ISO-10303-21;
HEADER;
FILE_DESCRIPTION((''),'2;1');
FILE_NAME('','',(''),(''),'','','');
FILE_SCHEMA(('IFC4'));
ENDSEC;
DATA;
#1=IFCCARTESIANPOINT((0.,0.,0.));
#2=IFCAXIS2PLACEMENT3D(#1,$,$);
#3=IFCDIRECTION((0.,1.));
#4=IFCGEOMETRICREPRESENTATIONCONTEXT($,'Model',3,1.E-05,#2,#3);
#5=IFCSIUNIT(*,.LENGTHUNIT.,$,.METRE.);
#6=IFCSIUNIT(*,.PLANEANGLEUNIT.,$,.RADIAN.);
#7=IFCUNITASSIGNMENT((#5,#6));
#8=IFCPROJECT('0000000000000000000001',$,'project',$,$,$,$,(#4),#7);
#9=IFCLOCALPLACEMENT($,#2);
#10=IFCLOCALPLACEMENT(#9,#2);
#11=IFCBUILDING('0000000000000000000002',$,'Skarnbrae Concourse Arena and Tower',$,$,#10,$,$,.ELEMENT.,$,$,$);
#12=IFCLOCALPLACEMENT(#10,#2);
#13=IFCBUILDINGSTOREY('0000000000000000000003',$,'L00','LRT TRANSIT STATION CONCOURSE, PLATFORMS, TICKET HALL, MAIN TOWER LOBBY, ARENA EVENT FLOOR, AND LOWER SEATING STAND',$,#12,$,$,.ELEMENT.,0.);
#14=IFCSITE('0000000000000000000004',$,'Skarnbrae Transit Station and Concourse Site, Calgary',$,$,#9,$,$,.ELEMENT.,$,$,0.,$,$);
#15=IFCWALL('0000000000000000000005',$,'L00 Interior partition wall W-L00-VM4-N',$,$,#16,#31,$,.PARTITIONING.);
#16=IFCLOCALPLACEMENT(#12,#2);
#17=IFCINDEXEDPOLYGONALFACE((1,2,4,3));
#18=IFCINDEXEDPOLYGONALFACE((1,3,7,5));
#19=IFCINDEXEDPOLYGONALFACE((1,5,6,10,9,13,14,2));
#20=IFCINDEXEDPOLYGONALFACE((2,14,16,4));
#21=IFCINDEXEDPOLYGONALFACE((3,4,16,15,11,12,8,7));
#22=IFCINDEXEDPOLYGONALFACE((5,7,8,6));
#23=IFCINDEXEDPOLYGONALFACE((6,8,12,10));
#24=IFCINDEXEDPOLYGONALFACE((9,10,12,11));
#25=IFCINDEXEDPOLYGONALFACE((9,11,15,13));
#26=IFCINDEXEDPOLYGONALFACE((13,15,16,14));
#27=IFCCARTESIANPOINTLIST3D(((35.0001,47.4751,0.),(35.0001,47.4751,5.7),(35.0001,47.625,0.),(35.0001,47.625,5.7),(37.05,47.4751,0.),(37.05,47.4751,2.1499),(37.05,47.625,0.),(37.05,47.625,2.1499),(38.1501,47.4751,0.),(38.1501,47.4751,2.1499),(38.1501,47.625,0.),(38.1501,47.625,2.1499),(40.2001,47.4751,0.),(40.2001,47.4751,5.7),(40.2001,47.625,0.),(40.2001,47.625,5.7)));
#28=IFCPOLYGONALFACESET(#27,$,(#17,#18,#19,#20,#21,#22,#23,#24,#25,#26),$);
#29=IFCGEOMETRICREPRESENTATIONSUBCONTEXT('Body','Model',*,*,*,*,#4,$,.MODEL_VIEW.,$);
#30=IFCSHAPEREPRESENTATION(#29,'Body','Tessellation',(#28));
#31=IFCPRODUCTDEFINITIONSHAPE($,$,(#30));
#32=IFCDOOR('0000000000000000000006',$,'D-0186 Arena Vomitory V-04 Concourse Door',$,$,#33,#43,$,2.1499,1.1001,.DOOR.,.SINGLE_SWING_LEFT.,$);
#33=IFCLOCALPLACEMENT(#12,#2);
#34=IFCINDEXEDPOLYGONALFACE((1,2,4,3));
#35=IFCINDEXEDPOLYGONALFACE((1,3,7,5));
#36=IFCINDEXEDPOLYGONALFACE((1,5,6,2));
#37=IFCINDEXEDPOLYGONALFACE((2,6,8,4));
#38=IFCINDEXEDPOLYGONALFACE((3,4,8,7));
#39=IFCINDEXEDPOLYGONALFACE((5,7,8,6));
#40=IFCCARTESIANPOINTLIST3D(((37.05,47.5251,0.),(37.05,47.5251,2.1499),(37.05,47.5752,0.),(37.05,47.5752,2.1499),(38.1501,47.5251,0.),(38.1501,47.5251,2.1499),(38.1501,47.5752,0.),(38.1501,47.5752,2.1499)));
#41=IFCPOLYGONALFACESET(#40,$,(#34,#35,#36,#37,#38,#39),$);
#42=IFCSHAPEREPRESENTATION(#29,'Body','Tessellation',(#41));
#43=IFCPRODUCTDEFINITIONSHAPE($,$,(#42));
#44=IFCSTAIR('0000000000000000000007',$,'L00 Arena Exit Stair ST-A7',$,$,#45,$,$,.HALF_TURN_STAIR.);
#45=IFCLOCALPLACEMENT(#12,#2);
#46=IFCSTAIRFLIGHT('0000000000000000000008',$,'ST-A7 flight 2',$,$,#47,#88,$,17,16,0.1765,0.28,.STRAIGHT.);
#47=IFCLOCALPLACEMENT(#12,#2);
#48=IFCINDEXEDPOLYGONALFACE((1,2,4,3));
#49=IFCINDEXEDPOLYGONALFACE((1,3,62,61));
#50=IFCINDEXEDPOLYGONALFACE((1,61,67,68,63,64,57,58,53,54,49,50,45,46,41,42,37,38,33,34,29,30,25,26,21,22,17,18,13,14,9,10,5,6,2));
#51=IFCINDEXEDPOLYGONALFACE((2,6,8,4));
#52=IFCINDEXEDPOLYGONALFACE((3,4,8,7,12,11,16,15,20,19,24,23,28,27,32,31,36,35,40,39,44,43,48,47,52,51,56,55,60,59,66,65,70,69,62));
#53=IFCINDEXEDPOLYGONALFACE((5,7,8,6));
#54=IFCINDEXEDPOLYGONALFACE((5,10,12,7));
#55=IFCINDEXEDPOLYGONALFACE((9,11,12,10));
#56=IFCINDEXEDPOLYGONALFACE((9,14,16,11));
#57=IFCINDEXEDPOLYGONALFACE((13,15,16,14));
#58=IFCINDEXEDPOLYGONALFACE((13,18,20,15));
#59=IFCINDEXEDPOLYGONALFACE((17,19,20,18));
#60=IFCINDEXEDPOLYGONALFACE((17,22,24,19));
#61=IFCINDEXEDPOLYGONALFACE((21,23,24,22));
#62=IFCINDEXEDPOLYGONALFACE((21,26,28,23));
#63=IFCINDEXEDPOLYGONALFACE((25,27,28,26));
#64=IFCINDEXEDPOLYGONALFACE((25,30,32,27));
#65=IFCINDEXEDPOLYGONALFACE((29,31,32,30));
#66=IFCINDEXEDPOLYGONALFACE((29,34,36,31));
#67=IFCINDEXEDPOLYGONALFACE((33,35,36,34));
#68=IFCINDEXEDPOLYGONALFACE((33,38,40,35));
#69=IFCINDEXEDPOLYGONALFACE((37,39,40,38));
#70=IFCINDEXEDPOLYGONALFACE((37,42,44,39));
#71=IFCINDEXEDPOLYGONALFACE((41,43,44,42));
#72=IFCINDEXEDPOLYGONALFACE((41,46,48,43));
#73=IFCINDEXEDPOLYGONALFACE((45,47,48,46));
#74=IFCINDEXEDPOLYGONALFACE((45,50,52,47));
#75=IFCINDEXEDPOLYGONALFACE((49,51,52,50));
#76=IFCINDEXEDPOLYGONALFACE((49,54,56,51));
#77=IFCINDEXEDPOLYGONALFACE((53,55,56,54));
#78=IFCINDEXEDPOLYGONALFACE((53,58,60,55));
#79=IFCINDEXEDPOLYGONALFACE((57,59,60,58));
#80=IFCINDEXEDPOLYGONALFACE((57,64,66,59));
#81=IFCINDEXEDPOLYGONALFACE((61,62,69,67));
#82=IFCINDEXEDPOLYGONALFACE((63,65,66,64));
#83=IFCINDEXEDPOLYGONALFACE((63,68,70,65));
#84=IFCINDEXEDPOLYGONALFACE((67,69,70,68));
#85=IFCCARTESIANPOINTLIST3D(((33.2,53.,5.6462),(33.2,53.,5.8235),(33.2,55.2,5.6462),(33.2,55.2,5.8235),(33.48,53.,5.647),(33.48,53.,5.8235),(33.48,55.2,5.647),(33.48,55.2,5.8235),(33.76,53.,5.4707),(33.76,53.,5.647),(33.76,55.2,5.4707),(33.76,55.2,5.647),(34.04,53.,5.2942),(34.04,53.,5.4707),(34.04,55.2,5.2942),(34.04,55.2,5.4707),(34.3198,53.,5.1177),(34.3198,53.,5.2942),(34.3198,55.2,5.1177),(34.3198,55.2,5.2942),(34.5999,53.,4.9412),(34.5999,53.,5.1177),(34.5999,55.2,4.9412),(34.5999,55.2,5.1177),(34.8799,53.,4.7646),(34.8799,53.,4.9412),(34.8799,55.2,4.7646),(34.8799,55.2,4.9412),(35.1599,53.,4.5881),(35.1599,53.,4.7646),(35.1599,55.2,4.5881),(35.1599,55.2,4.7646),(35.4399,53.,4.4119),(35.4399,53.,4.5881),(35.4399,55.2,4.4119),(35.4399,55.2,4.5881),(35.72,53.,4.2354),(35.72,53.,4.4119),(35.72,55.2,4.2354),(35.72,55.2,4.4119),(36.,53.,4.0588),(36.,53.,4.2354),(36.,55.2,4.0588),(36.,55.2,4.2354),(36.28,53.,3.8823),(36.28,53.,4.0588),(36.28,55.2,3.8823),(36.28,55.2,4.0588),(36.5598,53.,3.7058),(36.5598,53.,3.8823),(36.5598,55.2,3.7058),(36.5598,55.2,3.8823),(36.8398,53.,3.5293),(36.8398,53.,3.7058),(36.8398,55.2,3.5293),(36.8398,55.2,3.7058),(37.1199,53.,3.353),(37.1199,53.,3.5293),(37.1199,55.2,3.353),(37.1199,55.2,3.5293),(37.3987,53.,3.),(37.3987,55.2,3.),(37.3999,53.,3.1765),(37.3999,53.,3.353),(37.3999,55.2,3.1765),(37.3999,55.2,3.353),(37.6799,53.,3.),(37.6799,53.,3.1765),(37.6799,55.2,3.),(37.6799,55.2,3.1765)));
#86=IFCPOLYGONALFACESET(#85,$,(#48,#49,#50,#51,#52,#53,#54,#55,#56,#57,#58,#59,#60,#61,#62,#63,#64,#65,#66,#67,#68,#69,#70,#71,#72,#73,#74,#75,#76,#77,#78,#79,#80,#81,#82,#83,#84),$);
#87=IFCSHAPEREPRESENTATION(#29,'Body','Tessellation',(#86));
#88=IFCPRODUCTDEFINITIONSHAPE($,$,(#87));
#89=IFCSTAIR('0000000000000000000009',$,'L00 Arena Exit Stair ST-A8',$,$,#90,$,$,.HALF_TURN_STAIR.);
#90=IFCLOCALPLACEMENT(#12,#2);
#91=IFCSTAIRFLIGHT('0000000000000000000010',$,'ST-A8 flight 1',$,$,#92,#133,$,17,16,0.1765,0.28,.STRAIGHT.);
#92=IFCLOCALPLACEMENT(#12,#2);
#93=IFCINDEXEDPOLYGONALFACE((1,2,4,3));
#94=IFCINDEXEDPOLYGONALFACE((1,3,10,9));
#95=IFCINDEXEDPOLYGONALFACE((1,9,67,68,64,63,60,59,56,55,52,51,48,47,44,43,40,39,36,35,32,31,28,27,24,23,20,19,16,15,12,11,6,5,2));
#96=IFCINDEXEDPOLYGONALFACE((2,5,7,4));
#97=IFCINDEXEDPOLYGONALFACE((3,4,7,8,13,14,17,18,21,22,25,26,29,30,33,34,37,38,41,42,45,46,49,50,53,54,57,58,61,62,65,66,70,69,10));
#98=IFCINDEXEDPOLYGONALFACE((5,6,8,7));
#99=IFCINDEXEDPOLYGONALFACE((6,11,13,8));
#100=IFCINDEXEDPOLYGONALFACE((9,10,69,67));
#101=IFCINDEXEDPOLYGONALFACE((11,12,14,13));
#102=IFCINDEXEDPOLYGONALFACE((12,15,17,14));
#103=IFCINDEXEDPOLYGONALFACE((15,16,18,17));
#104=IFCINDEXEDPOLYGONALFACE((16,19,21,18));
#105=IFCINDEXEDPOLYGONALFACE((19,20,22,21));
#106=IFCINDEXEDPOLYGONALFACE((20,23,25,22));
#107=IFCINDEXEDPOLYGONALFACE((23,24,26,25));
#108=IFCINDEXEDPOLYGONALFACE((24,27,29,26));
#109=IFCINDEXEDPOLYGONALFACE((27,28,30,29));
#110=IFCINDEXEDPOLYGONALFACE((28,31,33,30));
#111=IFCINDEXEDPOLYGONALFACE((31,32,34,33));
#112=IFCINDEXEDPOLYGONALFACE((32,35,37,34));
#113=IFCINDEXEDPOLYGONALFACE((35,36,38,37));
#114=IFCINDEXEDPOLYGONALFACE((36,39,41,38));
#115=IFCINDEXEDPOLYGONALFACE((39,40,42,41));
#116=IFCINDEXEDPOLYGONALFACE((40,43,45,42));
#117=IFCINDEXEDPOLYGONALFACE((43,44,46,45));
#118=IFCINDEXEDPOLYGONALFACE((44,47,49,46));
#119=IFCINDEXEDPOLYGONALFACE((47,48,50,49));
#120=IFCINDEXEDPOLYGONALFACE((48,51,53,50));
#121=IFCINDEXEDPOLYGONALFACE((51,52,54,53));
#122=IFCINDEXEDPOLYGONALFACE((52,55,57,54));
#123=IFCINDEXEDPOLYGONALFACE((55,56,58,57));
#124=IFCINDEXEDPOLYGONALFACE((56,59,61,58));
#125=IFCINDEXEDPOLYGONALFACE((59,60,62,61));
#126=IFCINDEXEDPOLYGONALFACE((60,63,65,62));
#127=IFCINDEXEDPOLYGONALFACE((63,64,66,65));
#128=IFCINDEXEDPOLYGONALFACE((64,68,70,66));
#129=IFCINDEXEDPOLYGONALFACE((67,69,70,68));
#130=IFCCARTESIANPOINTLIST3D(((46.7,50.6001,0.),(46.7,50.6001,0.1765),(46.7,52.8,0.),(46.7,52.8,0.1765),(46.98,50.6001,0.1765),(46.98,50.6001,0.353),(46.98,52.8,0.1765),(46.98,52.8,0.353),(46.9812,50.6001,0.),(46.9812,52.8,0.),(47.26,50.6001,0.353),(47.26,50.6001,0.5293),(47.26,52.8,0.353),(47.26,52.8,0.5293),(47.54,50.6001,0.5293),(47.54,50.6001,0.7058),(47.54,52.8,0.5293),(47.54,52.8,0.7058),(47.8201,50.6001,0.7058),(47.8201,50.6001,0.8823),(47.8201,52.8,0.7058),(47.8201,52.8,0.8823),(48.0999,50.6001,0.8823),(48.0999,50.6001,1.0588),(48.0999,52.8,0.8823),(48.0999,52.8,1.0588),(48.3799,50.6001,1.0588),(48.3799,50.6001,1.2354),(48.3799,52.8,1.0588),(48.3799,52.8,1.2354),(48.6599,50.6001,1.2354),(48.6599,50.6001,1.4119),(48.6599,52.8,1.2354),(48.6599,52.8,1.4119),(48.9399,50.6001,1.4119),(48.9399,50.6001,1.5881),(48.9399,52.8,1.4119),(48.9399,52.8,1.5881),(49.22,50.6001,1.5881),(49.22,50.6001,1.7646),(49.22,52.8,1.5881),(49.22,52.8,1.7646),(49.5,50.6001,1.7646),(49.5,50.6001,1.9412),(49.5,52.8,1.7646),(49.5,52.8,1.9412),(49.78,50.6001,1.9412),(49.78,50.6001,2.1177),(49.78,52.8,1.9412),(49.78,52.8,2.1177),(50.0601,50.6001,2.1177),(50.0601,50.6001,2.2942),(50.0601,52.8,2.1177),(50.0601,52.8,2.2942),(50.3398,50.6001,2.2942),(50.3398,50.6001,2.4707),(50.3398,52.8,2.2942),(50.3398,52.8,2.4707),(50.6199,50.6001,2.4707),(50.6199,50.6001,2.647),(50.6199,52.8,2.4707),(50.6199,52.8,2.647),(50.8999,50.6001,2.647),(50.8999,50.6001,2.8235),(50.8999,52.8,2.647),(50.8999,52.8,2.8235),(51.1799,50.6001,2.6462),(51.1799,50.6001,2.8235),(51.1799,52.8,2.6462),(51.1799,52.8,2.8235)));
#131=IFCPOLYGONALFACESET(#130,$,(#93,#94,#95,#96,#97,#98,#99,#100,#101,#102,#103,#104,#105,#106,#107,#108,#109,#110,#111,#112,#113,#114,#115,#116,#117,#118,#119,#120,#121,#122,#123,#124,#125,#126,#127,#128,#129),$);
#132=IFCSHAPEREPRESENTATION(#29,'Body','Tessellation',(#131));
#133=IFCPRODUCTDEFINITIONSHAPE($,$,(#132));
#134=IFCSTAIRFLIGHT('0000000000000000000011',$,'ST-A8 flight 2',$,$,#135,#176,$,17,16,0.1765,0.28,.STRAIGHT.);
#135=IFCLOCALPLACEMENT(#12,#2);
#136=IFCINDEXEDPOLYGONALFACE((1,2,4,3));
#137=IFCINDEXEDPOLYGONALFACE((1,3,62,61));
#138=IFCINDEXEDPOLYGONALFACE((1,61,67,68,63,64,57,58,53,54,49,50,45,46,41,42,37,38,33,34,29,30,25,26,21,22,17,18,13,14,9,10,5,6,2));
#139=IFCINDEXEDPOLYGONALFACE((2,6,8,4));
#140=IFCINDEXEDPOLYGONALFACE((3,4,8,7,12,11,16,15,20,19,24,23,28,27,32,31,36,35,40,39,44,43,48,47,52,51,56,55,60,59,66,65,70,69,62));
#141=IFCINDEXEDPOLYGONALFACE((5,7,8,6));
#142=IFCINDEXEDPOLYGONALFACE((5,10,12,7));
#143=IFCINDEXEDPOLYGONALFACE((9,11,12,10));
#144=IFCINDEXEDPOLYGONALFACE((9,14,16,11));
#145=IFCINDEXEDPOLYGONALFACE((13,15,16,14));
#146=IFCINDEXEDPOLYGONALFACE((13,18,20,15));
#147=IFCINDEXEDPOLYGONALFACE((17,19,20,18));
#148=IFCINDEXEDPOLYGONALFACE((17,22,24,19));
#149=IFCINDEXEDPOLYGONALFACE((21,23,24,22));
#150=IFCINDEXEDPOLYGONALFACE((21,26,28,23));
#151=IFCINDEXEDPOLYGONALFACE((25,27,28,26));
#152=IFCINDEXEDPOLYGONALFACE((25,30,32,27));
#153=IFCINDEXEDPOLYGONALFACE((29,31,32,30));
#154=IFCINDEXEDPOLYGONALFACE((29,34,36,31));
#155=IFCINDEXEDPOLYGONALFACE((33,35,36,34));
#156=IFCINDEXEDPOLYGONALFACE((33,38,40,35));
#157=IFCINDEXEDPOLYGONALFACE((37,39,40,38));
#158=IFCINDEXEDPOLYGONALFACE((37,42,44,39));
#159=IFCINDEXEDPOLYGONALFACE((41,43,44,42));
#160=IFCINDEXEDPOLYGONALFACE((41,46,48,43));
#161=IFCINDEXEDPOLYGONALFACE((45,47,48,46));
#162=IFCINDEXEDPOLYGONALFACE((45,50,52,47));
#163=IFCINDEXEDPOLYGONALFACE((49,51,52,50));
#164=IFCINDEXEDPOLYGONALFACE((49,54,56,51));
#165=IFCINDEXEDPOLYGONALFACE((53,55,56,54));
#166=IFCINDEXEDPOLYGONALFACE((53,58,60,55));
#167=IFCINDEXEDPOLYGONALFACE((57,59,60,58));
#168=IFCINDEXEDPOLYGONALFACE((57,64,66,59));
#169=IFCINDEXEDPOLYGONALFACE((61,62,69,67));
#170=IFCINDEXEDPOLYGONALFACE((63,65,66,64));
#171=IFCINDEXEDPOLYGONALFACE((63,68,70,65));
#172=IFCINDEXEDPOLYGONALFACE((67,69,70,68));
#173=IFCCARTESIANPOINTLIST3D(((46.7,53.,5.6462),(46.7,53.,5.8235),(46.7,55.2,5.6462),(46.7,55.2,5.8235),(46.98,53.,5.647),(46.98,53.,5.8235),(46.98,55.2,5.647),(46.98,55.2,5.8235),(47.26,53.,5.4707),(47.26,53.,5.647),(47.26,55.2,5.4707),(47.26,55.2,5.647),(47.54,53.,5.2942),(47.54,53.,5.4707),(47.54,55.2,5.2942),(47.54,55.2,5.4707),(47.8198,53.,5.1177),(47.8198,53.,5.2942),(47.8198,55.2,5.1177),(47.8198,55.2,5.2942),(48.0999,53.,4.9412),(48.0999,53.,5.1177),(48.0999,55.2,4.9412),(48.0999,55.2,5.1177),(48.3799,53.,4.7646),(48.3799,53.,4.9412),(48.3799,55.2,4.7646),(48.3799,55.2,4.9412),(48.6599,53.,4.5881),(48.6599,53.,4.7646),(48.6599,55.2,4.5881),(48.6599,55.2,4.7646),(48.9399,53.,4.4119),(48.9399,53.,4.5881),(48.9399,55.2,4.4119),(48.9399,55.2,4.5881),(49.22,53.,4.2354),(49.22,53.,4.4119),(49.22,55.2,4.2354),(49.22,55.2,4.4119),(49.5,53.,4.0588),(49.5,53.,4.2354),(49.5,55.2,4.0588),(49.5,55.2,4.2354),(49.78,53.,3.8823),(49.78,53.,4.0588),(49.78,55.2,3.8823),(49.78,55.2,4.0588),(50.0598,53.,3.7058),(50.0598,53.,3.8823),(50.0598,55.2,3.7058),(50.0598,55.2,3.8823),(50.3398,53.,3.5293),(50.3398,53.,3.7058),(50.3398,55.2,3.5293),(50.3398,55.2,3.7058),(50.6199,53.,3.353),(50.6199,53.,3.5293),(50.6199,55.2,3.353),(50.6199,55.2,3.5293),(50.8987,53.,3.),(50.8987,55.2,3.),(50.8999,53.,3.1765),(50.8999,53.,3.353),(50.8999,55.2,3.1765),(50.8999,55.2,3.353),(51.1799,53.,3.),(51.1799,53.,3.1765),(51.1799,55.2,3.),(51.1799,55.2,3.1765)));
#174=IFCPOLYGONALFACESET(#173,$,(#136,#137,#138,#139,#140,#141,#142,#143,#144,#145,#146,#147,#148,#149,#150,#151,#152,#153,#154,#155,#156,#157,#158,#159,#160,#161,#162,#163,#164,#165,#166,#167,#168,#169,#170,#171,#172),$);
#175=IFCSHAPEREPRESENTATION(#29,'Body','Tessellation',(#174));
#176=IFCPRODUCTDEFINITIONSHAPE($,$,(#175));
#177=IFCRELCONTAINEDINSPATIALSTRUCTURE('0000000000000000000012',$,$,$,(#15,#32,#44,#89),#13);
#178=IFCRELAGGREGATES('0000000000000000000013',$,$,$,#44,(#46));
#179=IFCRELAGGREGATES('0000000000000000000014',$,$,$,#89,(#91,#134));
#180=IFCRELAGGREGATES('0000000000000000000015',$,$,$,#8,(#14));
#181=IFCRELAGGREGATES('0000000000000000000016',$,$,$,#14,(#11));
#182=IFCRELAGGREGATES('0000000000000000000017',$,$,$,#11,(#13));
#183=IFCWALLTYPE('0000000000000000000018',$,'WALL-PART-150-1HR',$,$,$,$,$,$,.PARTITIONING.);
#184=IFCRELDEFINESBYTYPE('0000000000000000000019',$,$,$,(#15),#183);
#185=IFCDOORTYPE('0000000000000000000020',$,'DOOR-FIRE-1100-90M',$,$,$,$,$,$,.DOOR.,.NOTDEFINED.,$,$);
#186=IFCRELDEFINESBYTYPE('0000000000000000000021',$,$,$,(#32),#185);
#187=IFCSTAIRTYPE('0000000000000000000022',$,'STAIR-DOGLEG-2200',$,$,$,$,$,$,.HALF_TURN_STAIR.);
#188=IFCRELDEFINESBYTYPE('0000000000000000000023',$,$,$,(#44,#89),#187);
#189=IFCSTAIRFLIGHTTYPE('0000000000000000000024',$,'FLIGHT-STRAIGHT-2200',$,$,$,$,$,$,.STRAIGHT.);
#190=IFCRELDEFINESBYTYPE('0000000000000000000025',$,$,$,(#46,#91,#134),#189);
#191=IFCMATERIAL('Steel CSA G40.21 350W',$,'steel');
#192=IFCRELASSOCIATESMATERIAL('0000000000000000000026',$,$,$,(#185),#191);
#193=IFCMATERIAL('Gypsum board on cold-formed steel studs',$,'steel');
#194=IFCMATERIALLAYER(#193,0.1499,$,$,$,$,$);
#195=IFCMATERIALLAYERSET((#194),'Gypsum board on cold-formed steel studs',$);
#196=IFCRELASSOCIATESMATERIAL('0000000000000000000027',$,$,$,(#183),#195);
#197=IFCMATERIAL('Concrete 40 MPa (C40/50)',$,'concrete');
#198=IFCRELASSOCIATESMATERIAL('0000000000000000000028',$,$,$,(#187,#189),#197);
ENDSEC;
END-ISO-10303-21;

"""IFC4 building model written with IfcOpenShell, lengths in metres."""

from ifc_helpers import new_model, si_unit, direction, frame, frame_2d, origin, place, context, subcontext, project, spatial, polyline, rectangle, outline, extrude, source, transform, mapped, material, layer, layer_set, type_object, element, fill, aggregate, save


model = new_model("IFC4")

# Units and contexts
model_context = context("Model", 3, precision=1e-05, world=origin(), true_north=direction((0.0, 1.0)))
body_context = subcontext(model_context, "Body", "Model", "MODEL_VIEW")
ifc_project = project(units=[si_unit("LENGTHUNIT", "METRE"), si_unit("PLANEANGLEUNIT", "RADIAN")], contexts=[model_context])

# Site, building, storey
site_placement = place(None, origin())
site = spatial("IfcSite", under=ifc_project, at=site_placement, Name="Skarnbrae Transit Station and Concourse Site, Calgary", CompositionType="ELEMENT", RefElevation=0.0)
building_placement = place(site_placement, origin())
building = spatial("IfcBuilding", under=site, at=building_placement, Name="Skarnbrae Concourse Arena and Tower", CompositionType="ELEMENT")
storey_placement = place(building_placement, origin())
storey = spatial("IfcBuildingStorey", under=building, at=storey_placement, Name="L00", Description="LRT TRANSIT STATION CONCOURSE, PLATFORMS, TICKET HALL, MAIN TOWER LOBBY, ARENA EVENT FLOOR, AND LOWER SEATING STAND", CompositionType="ELEMENT", Elevation=0.0)

# Shared definitions
ifc_material_1 = material(Name="Steel CSA G40.21 350W", Category="steel")

# Shared definitions
door_type = type_object("IfcDoorType", Name="DOOR-FIRE-1100-90M", OperationType="NOTDEFINED", PredefinedType="DOOR", material=ifc_material_1)
shared_shape_1 = source(origin(), body_context, "Body", "SweptSolid", [
    extrude(rectangle(XDim=1.1001, YDim=2.1499, at=frame_2d((0.55, 1.075))), frame((0.0, 0.0249, 0.0), z_axis=(0.0, -1.0, 0.0), x_axis=(1.0, 0.0, 0.0)), (0.0, 0.0, 1.0), 0.05),
])

# Shared definitions
ifc_material_2 = material(Name="Gypsum board on cold-formed steel studs", Category="steel")

# Wall, opening, door
ifc_layer_1 = layer(ifc_material_2, 0.1499)
ifc_layer_set_1 = layer_set([ifc_layer_1], Name="Gypsum board on cold-formed steel studs")
wall_type_1 = type_object("IfcWallType", Name="WALL-PART-150-1HR", PredefinedType="PARTITIONING", material=ifc_layer_set_1)
shared_shape_2 = source(origin(), body_context, "Body", "SweptSolid", [
    extrude(rectangle(XDim=5.2, YDim=0.1499, at=frame_2d((2.6001, 0.0))), origin(), (0.0, 0.0, 1.0), 5.7),
])
wall_1_placement = place(storey_placement, frame((35.0, 47.55, 0.0), z_axis=(0.0, 0.0, 1.0), x_axis=(1.0, 0.0, 0.0)))
wall_1 = element("IfcWall", 1, at=wall_1_placement, inside=storey, type_object=wall_type_1, Name="L00 Interior partition wall W-L00-VM4-N", PredefinedType="PARTITIONING", context=body_context, shape_type="MappedRepresentation", body=[
    mapped(shared_shape_2, transform((0.0, 0.0, 0.0))),
])
opening_1_placement = place(wall_1_placement, frame((2.05, 0.0, 0.0)))
opening_1 = element("IfcOpeningElement", 2, at=opening_1_placement, cuts=wall_1, PredefinedType="OPENING", context=body_context, shape_type="SweptSolid", body=[
    extrude(rectangle(XDim=1.1001, YDim=2.1499, at=frame_2d((0.55, 1.075))), frame((0.0, 0.085, 0.0), z_axis=(0.0, -1.0, 0.0), x_axis=(1.0, 0.0, 0.0)), (0.0, 0.0, 1.0), 0.1699),
])
door_1_placement = place(opening_1_placement, frame((1.1001, 0.0, 0.0), z_axis=(0.0, 0.0, 1.0), x_axis=(-1.0, 0.0, 0.0)))
door_1 = element("IfcDoor", 3, at=door_1_placement, inside=storey, type_object=door_type, Name="D-0186 Arena Vomitory V-04 Concourse Door", OperationType="SINGLE_SWING_LEFT", OverallHeight=2.1499, OverallWidth=1.1001, PredefinedType="DOOR", context=body_context, shape_type="MappedRepresentation", body=[
    mapped(shared_shape_1, transform((0.0, 0.0, 0.0))),
])
fill(opening_1, door_1)

# Stair, stair flight
ifc_material_3 = material(Name="Concrete 40 MPa (C40/50)", Category="concrete")
stair_type = type_object("IfcStairType", Name="STAIR-DOGLEG-2200", PredefinedType="HALF_TURN_STAIR", material=ifc_material_3)
stair_1_placement = place(storey_placement, origin())
stair_1 = element("IfcStair", 4, at=stair_1_placement, inside=storey, type_object=stair_type, Name="L00 Arena Exit Stair ST-A7", PredefinedType="HALF_TURN_STAIR")
stair_flight_type = type_object("IfcStairFlightType", Name="FLIGHT-STRAIGHT-2200", PredefinedType="STRAIGHT", material=ifc_material_3)
shared_shape_3 = source(origin(), body_context, "Body", "SweptSolid", [
    extrude(outline(polyline([(0.0, 0.0), (0.0, 0.1765), (0.28, 0.1765), (0.28, 0.353), (0.5601, 0.353), (0.5601, 0.5293), (0.8401, 0.5293), (0.8401, 0.7058), (1.1201, 0.7058), (1.1201, 0.8823), (1.3999, 0.8823), (1.3999, 1.0588), (1.6799, 1.0588), (1.6799, 1.2354), (1.96, 1.2354), (1.96, 1.4119), (2.24, 1.4119), (2.24, 1.5881), (2.52, 1.5881), (2.52, 1.7646), (2.8, 1.7646), (2.8, 1.9412), (3.0801, 1.9412), (3.0801, 2.1177), (3.3601, 2.1177), (3.3601, 2.2942), (3.6399, 2.2942), (3.6399, 2.4707), (3.9199, 2.4707), (3.9199, 2.647), (4.2, 2.647), (4.2, 2.8235), (4.48, 2.8235), (4.48, 3.0), (4.48, 2.6462), (0.2812, 0.0), (0.0, 0.0)])), frame((0.0, 1.1001, 0.0), z_axis=(0.0, -1.0, 0.0), x_axis=(1.0, 0.0, 0.0)), (0.0, 0.0, 1.0), 2.2),
])
stair_flight_1_placement = place(storey_placement, frame((37.6799, 54.1001, 3.0), z_axis=(0.0, 0.0, 1.0), x_axis=(-1.0, 0.0, 0.0)))
stair_flight_1 = element("IfcStairFlight", 5, at=stair_flight_1_placement, type_object=stair_flight_type, Name="ST-A7 flight 2", NumberOfRisers=17, NumberOfTreads=16, PredefinedType="STRAIGHT", RiserHeight=0.1765, TreadLength=0.28, context=body_context, shape_type="MappedRepresentation", body=[
    mapped(shared_shape_3, transform((0.0, 0.0, 0.0))),
])
aggregate(stair_1, [stair_flight_1])

# Stair, stair flights
stair_2_placement = place(storey_placement, origin())
stair_2 = element("IfcStair", 6, at=stair_2_placement, inside=storey, type_object=stair_type, Name="L00 Arena Exit Stair ST-A8", PredefinedType="HALF_TURN_STAIR")
stair_flight_2_placement = place(storey_placement, frame((46.7, 51.7, 0.0), z_axis=(0.0, 0.0, 1.0), x_axis=(1.0, 0.0, 0.0)))
stair_flight_2 = element("IfcStairFlight", 7, at=stair_flight_2_placement, type_object=stair_flight_type, Name="ST-A8 flight 1", NumberOfRisers=17, NumberOfTreads=16, PredefinedType="STRAIGHT", RiserHeight=0.1765, TreadLength=0.28, context=body_context, shape_type="MappedRepresentation", body=[
    mapped(shared_shape_3, transform((0.0, 0.0, 0.0))),
])
stair_flight_3_placement = place(storey_placement, frame((51.1799, 54.1001, 3.0), z_axis=(0.0, 0.0, 1.0), x_axis=(-1.0, 0.0, 0.0)))
stair_flight_3 = element("IfcStairFlight", 8, at=stair_flight_3_placement, type_object=stair_flight_type, Name="ST-A8 flight 2", NumberOfRisers=17, NumberOfTreads=16, PredefinedType="STRAIGHT", RiserHeight=0.1765, TreadLength=0.28, context=body_context, shape_type="MappedRepresentation", body=[
    mapped(shared_shape_3, transform((0.0, 0.0, 0.0))),
])
aggregate(stair_2, [stair_flight_2, stair_flight_3])

save(model, "model.ifc")
